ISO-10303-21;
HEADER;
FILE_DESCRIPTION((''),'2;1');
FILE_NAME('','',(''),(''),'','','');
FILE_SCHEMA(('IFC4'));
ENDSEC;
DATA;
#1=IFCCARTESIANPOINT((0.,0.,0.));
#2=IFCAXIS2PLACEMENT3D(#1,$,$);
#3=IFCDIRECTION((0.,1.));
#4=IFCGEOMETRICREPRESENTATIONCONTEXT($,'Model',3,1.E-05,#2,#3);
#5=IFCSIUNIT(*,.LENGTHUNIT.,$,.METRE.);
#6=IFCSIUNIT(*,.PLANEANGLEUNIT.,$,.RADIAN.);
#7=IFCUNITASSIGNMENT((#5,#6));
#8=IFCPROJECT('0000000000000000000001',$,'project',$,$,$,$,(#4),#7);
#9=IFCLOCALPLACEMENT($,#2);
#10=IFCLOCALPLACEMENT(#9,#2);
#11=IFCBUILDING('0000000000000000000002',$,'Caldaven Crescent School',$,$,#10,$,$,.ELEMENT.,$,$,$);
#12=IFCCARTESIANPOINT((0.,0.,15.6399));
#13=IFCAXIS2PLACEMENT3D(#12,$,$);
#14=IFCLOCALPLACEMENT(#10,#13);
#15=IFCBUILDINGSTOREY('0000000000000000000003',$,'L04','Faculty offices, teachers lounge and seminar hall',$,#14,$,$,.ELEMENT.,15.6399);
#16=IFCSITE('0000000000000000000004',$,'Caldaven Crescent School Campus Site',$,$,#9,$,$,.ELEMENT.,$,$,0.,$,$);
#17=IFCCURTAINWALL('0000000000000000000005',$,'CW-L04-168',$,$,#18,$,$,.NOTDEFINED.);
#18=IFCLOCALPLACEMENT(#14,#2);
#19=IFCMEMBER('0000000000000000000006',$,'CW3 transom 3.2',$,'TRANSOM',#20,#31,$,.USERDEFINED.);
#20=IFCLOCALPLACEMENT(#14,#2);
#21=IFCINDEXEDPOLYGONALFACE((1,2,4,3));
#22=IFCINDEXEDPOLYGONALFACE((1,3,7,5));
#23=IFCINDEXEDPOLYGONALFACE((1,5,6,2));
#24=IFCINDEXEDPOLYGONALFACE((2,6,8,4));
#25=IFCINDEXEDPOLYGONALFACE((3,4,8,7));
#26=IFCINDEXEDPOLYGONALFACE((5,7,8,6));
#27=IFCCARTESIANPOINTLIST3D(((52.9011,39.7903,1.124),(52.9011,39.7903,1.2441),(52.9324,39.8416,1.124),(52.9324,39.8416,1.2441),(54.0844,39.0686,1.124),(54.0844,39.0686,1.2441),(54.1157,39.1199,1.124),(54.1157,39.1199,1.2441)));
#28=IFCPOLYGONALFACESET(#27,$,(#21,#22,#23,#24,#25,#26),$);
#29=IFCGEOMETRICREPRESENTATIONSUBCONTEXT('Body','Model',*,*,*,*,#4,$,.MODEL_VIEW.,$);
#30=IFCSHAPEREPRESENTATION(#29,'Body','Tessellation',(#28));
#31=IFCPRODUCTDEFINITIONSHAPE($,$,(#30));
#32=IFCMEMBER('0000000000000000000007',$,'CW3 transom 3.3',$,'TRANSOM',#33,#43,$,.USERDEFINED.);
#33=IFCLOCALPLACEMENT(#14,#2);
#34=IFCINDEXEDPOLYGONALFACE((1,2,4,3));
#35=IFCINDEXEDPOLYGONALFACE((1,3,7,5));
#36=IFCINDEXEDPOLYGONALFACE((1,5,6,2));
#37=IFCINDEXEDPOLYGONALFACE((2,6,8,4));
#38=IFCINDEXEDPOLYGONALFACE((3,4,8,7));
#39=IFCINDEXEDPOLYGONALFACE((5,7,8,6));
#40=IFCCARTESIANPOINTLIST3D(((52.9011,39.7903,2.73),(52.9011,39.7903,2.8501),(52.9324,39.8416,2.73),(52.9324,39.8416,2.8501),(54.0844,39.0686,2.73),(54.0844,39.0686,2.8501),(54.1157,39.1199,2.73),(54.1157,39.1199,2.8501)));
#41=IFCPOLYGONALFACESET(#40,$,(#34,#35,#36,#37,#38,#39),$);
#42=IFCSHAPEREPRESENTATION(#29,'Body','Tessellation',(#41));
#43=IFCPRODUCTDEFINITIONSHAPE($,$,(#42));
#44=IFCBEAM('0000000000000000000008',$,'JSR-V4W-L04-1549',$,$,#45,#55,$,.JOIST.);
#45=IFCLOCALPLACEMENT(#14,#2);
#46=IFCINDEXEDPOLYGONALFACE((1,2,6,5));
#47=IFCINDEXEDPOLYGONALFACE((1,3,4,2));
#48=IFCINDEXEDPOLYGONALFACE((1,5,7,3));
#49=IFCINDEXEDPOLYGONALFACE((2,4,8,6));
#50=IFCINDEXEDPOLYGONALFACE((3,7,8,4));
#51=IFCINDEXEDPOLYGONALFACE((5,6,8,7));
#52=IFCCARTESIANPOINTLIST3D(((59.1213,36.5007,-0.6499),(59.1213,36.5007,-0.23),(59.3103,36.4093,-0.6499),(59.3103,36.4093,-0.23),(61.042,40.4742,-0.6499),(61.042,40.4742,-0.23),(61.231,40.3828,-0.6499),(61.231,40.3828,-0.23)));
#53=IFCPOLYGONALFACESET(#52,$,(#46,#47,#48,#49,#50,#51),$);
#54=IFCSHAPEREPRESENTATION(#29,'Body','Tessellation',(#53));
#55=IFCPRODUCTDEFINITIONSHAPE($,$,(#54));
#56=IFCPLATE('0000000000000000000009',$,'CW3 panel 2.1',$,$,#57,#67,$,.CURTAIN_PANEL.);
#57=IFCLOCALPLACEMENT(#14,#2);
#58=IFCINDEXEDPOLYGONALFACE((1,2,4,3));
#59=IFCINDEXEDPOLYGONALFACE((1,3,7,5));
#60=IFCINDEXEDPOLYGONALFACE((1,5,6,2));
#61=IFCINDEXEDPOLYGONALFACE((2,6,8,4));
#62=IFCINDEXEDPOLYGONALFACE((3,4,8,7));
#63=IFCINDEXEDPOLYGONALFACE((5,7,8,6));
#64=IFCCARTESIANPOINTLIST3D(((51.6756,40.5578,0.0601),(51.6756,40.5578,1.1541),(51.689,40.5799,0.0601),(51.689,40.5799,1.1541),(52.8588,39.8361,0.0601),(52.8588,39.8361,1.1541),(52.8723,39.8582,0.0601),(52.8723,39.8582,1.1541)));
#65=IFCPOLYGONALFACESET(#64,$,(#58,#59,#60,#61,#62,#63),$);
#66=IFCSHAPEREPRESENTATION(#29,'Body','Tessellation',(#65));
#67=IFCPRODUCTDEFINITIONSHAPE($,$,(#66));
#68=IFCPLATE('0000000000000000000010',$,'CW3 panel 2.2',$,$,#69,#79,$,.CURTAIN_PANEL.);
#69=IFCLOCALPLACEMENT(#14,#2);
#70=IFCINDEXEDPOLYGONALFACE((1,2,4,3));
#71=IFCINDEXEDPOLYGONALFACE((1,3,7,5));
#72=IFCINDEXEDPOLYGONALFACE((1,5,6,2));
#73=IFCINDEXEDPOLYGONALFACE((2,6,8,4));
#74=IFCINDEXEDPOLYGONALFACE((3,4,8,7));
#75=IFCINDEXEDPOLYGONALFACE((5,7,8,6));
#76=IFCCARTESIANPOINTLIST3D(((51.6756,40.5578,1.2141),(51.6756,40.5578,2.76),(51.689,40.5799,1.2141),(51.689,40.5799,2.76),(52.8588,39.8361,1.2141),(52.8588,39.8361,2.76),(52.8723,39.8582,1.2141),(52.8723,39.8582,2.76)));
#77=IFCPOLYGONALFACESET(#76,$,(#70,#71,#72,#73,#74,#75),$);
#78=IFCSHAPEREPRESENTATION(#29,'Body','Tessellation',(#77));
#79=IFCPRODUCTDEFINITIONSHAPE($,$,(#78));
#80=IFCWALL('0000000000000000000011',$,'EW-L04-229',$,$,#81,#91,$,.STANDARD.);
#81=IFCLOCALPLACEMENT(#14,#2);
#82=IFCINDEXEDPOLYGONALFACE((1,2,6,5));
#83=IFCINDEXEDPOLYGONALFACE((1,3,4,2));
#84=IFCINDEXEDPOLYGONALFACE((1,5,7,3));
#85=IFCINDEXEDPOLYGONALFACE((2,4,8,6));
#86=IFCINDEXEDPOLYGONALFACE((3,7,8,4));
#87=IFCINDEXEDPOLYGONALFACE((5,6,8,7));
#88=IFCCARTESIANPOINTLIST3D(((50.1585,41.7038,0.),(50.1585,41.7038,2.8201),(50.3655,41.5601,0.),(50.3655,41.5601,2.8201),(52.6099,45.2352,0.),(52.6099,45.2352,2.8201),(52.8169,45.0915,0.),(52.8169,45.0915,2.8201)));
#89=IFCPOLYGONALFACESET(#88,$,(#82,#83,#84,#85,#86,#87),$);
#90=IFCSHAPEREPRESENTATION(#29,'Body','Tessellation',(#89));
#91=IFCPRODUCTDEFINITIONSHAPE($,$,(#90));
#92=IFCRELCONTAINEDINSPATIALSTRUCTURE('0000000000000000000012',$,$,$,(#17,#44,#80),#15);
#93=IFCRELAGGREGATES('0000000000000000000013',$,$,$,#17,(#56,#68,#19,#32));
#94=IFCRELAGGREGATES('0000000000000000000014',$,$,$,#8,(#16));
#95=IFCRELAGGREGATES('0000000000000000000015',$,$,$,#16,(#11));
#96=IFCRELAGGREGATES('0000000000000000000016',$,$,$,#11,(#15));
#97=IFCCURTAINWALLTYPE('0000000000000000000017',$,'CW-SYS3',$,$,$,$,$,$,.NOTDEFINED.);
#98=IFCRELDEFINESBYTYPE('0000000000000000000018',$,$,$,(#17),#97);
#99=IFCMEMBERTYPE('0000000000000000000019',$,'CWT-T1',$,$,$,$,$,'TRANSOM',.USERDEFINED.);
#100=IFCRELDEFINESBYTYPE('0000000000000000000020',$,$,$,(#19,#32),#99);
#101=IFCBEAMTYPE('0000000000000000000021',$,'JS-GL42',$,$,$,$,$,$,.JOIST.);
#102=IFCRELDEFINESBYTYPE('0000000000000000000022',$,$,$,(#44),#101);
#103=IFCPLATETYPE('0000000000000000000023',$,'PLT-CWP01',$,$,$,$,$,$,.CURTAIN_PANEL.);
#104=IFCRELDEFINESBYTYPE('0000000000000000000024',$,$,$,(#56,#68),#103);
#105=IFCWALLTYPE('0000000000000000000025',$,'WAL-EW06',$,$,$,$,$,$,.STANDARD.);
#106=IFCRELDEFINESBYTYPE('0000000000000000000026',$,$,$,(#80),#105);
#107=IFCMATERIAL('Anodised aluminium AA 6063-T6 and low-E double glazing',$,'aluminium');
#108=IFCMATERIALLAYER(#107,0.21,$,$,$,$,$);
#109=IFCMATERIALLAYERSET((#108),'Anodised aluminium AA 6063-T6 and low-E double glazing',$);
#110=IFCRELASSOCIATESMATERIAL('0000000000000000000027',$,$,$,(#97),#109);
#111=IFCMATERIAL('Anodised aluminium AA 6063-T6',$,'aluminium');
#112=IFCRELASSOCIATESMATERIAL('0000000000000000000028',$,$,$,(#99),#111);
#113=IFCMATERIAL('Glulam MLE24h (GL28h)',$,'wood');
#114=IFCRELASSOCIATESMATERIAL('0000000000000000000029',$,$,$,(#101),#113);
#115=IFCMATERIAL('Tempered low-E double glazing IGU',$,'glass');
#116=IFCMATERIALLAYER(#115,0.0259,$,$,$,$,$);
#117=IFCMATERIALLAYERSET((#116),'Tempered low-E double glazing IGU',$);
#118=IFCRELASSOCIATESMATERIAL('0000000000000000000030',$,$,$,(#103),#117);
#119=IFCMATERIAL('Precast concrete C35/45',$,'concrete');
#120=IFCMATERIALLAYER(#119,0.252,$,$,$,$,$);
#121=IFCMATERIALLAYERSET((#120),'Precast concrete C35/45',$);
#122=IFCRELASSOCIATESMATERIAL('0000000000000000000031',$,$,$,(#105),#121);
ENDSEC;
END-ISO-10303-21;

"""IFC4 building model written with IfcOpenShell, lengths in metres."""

from ifc_helpers import new_model, si_unit, direction, frame, frame_2d, origin, origin_2d, place, context, subcontext, project, spatial, rectangle, extrude, material, layer, layer_set, material_profile, profile_set, type_object, element, aggregate, save


model = new_model("IFC4")

# Units and contexts
model_context = context("Model", 3, precision=1e-05, world=origin(), true_north=direction((0.0, 1.0)))
body_context = subcontext(model_context, "Body", "Model", "MODEL_VIEW")
ifc_project = project(units=[si_unit("LENGTHUNIT", "METRE"), si_unit("PLANEANGLEUNIT", "RADIAN")], contexts=[model_context])

# Site, building, storey
site_placement = place(None, origin())
site = spatial("IfcSite", under=ifc_project, at=site_placement, Name="Caldaven Crescent School Campus Site", CompositionType="ELEMENT", RefElevation=0.0)
building_placement = place(site_placement, origin())
building = spatial("IfcBuilding", under=site, at=building_placement, Name="Caldaven Crescent School", CompositionType="ELEMENT")
storey_placement = place(building_placement, frame((0.0, 0.0, 15.6399)))
storey = spatial("IfcBuildingStorey", under=building, at=storey_placement, Name="L04", Description="Faculty offices, teachers lounge and seminar hall", CompositionType="ELEMENT", Elevation=15.6399)

# Shared definitions
ifc_material_1 = material(Name="Glulam MLE24h (GL28h)", Category="wood")

# Curtain wall, members
ifc_material_2 = material(Name="Anodised aluminium AA 6063-T6 and low-E double glazing", Category="aluminium")
ifc_layer_1 = layer(ifc_material_2, 0.21)
ifc_layer_set_1 = layer_set([ifc_layer_1], Name="Anodised aluminium AA 6063-T6 and low-E double glazing")
curtain_wall_type = type_object("IfcCurtainWallType", Name="CW-SYS3", PredefinedType="NOTDEFINED", material=ifc_layer_set_1)
curtain_wall_placement = place(storey_placement, origin())
curtain_wall = element("IfcCurtainWall", 1, at=curtain_wall_placement, inside=storey, type_object=curtain_wall_type, Name="CW-L04-168", PredefinedType="NOTDEFINED")
ifc_material_3 = material(Name="Anodised aluminium AA 6063-T6", Category="aluminium")
ifc_material_profile_1 = material_profile(ifc_material_3, rectangle(XDim=0.0601, YDim=0.1201, at=origin_2d()), Name="CWT 60x120")
ifc_profile_set_1 = profile_set([ifc_material_profile_1], Name="Anodised aluminium AA 6063-T6")
member_type_1 = type_object("IfcMemberType", Name="CWT-T1", ElementType="TRANSOM", PredefinedType="USERDEFINED", material=ifc_profile_set_1)
member_1_placement = place(storey_placement, frame((52.9167, 39.8159, 1.1841), z_axis=(0.853756, -0.520673, 0.0), x_axis=(0.520673, 0.853756, 0.0)))
member_1 = element("IfcMember", 2, at=member_1_placement, type_object=member_type_1, Name="CW3 transom 3.2", ObjectType="TRANSOM", PredefinedType="USERDEFINED", context=body_context, shape_type="SweptSolid", body=[
    extrude(rectangle(XDim=0.0601, YDim=0.1201, at=origin_2d()), origin(), (0.0, 0.0, 1.0), 1.386),
])
member_2_placement = place(storey_placement, frame((52.9167, 39.8159, 2.79), z_axis=(0.853756, -0.520673, 0.0), x_axis=(0.520673, 0.853756, 0.0)))
member_2 = element("IfcMember", 3, at=member_2_placement, type_object=member_type_1, Name="CW3 transom 3.3", ObjectType="TRANSOM", PredefinedType="USERDEFINED", context=body_context, shape_type="SweptSolid", body=[
    extrude(rectangle(XDim=0.0601, YDim=0.1201, at=origin_2d()), origin(), (0.0, 0.0, 1.0), 1.386),
])

# Beam
ifc_material_profile_2 = material_profile(ifc_material_1, rectangle(XDim=0.21, YDim=0.4199, at=origin_2d()), Name="MLE 210x420")
ifc_profile_set_2 = profile_set([ifc_material_profile_2], Name="Glulam MLE24h (GL28h)")
beam_type_1 = type_object("IfcBeamType", Name="JS-GL42", PredefinedType="JOIST", material=ifc_profile_set_2)
beam_1_placement = place(storey_placement, frame((61.1365, 40.4285, -0.4399), z_axis=(-0.435202, -0.900333, 0.0), x_axis=(0.900333, -0.435202, 0.0)))
element("IfcBeam", 4, at=beam_1_placement, inside=storey, type_object=beam_type_1, Name="JSR-V4W-L04-1549", PredefinedType="JOIST", context=body_context, shape_type="SweptSolid", body=[
    extrude(rectangle(XDim=0.21, YDim=0.4199, at=origin_2d()), origin(), (0.0, 0.0, 1.0), 4.4133),
])

# Plates
ifc_material_4 = material(Name="Tempered low-E double glazing IGU", Category="glass")
ifc_layer_2 = layer(ifc_material_4, 0.0259)
ifc_layer_set_2 = layer_set([ifc_layer_2], Name="Tempered low-E double glazing IGU")
plate_type = type_object("IfcPlateType", Name="PLT-CWP01", PredefinedType="CURTAIN_PANEL", material=ifc_layer_set_2)
plate_1_placement = place(storey_placement, frame((52.2739, 40.208, 0.0601), z_axis=(0.0, 0.0, 1.0), x_axis=(0.853709, -0.52075, 0.0)))
plate_1 = element("IfcPlate", 5, at=plate_1_placement, type_object=plate_type, Name="CW3 panel 2.1", PredefinedType="CURTAIN_PANEL", context=body_context, shape_type="SweptSolid", body=[
    extrude(rectangle(XDim=1.386, YDim=0.0259, at=origin_2d()), origin(), (0.0, 0.0, 1.0), 1.094),
])
plate_2_placement = place(storey_placement, frame((52.2739, 40.208, 1.2141), z_axis=(0.0, 0.0, 1.0), x_axis=(0.853709, -0.52075, 0.0)))
plate_2 = element("IfcPlate", 6, at=plate_2_placement, type_object=plate_type, Name="CW3 panel 2.2", PredefinedType="CURTAIN_PANEL", context=body_context, shape_type="SweptSolid", body=[
    extrude(rectangle(XDim=1.386, YDim=0.0259, at=origin_2d()), origin(), (0.0, 0.0, 1.0), 1.5459),
])
aggregate(curtain_wall, [plate_1, plate_2, member_1, member_2])

# Wall
ifc_material_5 = material(Name="Precast concrete C35/45", Category="concrete")
ifc_layer_3 = layer(ifc_material_5, 0.252)
ifc_layer_set_3 = layer_set([ifc_layer_3], Name="Precast concrete C35/45")
wall_type_1 = type_object("IfcWallType", Name="WAL-EW06", PredefinedType="STANDARD", material=ifc_layer_set_3)
wall_1_placement = place(storey_placement, frame((52.7134, 45.1633, 0.0), z_axis=(0.0, 0.0, 1.0), x_axis=(-0.570237, -0.82148, 0.0)))
element("IfcWall", 7, at=wall_1_placement, inside=storey, type_object=wall_type_1, Name="EW-L04-229", PredefinedType="STANDARD", context=body_context, shape_type="SweptSolid", body=[
    extrude(rectangle(XDim=4.2988, YDim=0.252, at=frame_2d((2.1494, 0.0))), origin(), (0.0, 0.0, 1.0), 2.8201),
])

save(model, "model.ifc")
